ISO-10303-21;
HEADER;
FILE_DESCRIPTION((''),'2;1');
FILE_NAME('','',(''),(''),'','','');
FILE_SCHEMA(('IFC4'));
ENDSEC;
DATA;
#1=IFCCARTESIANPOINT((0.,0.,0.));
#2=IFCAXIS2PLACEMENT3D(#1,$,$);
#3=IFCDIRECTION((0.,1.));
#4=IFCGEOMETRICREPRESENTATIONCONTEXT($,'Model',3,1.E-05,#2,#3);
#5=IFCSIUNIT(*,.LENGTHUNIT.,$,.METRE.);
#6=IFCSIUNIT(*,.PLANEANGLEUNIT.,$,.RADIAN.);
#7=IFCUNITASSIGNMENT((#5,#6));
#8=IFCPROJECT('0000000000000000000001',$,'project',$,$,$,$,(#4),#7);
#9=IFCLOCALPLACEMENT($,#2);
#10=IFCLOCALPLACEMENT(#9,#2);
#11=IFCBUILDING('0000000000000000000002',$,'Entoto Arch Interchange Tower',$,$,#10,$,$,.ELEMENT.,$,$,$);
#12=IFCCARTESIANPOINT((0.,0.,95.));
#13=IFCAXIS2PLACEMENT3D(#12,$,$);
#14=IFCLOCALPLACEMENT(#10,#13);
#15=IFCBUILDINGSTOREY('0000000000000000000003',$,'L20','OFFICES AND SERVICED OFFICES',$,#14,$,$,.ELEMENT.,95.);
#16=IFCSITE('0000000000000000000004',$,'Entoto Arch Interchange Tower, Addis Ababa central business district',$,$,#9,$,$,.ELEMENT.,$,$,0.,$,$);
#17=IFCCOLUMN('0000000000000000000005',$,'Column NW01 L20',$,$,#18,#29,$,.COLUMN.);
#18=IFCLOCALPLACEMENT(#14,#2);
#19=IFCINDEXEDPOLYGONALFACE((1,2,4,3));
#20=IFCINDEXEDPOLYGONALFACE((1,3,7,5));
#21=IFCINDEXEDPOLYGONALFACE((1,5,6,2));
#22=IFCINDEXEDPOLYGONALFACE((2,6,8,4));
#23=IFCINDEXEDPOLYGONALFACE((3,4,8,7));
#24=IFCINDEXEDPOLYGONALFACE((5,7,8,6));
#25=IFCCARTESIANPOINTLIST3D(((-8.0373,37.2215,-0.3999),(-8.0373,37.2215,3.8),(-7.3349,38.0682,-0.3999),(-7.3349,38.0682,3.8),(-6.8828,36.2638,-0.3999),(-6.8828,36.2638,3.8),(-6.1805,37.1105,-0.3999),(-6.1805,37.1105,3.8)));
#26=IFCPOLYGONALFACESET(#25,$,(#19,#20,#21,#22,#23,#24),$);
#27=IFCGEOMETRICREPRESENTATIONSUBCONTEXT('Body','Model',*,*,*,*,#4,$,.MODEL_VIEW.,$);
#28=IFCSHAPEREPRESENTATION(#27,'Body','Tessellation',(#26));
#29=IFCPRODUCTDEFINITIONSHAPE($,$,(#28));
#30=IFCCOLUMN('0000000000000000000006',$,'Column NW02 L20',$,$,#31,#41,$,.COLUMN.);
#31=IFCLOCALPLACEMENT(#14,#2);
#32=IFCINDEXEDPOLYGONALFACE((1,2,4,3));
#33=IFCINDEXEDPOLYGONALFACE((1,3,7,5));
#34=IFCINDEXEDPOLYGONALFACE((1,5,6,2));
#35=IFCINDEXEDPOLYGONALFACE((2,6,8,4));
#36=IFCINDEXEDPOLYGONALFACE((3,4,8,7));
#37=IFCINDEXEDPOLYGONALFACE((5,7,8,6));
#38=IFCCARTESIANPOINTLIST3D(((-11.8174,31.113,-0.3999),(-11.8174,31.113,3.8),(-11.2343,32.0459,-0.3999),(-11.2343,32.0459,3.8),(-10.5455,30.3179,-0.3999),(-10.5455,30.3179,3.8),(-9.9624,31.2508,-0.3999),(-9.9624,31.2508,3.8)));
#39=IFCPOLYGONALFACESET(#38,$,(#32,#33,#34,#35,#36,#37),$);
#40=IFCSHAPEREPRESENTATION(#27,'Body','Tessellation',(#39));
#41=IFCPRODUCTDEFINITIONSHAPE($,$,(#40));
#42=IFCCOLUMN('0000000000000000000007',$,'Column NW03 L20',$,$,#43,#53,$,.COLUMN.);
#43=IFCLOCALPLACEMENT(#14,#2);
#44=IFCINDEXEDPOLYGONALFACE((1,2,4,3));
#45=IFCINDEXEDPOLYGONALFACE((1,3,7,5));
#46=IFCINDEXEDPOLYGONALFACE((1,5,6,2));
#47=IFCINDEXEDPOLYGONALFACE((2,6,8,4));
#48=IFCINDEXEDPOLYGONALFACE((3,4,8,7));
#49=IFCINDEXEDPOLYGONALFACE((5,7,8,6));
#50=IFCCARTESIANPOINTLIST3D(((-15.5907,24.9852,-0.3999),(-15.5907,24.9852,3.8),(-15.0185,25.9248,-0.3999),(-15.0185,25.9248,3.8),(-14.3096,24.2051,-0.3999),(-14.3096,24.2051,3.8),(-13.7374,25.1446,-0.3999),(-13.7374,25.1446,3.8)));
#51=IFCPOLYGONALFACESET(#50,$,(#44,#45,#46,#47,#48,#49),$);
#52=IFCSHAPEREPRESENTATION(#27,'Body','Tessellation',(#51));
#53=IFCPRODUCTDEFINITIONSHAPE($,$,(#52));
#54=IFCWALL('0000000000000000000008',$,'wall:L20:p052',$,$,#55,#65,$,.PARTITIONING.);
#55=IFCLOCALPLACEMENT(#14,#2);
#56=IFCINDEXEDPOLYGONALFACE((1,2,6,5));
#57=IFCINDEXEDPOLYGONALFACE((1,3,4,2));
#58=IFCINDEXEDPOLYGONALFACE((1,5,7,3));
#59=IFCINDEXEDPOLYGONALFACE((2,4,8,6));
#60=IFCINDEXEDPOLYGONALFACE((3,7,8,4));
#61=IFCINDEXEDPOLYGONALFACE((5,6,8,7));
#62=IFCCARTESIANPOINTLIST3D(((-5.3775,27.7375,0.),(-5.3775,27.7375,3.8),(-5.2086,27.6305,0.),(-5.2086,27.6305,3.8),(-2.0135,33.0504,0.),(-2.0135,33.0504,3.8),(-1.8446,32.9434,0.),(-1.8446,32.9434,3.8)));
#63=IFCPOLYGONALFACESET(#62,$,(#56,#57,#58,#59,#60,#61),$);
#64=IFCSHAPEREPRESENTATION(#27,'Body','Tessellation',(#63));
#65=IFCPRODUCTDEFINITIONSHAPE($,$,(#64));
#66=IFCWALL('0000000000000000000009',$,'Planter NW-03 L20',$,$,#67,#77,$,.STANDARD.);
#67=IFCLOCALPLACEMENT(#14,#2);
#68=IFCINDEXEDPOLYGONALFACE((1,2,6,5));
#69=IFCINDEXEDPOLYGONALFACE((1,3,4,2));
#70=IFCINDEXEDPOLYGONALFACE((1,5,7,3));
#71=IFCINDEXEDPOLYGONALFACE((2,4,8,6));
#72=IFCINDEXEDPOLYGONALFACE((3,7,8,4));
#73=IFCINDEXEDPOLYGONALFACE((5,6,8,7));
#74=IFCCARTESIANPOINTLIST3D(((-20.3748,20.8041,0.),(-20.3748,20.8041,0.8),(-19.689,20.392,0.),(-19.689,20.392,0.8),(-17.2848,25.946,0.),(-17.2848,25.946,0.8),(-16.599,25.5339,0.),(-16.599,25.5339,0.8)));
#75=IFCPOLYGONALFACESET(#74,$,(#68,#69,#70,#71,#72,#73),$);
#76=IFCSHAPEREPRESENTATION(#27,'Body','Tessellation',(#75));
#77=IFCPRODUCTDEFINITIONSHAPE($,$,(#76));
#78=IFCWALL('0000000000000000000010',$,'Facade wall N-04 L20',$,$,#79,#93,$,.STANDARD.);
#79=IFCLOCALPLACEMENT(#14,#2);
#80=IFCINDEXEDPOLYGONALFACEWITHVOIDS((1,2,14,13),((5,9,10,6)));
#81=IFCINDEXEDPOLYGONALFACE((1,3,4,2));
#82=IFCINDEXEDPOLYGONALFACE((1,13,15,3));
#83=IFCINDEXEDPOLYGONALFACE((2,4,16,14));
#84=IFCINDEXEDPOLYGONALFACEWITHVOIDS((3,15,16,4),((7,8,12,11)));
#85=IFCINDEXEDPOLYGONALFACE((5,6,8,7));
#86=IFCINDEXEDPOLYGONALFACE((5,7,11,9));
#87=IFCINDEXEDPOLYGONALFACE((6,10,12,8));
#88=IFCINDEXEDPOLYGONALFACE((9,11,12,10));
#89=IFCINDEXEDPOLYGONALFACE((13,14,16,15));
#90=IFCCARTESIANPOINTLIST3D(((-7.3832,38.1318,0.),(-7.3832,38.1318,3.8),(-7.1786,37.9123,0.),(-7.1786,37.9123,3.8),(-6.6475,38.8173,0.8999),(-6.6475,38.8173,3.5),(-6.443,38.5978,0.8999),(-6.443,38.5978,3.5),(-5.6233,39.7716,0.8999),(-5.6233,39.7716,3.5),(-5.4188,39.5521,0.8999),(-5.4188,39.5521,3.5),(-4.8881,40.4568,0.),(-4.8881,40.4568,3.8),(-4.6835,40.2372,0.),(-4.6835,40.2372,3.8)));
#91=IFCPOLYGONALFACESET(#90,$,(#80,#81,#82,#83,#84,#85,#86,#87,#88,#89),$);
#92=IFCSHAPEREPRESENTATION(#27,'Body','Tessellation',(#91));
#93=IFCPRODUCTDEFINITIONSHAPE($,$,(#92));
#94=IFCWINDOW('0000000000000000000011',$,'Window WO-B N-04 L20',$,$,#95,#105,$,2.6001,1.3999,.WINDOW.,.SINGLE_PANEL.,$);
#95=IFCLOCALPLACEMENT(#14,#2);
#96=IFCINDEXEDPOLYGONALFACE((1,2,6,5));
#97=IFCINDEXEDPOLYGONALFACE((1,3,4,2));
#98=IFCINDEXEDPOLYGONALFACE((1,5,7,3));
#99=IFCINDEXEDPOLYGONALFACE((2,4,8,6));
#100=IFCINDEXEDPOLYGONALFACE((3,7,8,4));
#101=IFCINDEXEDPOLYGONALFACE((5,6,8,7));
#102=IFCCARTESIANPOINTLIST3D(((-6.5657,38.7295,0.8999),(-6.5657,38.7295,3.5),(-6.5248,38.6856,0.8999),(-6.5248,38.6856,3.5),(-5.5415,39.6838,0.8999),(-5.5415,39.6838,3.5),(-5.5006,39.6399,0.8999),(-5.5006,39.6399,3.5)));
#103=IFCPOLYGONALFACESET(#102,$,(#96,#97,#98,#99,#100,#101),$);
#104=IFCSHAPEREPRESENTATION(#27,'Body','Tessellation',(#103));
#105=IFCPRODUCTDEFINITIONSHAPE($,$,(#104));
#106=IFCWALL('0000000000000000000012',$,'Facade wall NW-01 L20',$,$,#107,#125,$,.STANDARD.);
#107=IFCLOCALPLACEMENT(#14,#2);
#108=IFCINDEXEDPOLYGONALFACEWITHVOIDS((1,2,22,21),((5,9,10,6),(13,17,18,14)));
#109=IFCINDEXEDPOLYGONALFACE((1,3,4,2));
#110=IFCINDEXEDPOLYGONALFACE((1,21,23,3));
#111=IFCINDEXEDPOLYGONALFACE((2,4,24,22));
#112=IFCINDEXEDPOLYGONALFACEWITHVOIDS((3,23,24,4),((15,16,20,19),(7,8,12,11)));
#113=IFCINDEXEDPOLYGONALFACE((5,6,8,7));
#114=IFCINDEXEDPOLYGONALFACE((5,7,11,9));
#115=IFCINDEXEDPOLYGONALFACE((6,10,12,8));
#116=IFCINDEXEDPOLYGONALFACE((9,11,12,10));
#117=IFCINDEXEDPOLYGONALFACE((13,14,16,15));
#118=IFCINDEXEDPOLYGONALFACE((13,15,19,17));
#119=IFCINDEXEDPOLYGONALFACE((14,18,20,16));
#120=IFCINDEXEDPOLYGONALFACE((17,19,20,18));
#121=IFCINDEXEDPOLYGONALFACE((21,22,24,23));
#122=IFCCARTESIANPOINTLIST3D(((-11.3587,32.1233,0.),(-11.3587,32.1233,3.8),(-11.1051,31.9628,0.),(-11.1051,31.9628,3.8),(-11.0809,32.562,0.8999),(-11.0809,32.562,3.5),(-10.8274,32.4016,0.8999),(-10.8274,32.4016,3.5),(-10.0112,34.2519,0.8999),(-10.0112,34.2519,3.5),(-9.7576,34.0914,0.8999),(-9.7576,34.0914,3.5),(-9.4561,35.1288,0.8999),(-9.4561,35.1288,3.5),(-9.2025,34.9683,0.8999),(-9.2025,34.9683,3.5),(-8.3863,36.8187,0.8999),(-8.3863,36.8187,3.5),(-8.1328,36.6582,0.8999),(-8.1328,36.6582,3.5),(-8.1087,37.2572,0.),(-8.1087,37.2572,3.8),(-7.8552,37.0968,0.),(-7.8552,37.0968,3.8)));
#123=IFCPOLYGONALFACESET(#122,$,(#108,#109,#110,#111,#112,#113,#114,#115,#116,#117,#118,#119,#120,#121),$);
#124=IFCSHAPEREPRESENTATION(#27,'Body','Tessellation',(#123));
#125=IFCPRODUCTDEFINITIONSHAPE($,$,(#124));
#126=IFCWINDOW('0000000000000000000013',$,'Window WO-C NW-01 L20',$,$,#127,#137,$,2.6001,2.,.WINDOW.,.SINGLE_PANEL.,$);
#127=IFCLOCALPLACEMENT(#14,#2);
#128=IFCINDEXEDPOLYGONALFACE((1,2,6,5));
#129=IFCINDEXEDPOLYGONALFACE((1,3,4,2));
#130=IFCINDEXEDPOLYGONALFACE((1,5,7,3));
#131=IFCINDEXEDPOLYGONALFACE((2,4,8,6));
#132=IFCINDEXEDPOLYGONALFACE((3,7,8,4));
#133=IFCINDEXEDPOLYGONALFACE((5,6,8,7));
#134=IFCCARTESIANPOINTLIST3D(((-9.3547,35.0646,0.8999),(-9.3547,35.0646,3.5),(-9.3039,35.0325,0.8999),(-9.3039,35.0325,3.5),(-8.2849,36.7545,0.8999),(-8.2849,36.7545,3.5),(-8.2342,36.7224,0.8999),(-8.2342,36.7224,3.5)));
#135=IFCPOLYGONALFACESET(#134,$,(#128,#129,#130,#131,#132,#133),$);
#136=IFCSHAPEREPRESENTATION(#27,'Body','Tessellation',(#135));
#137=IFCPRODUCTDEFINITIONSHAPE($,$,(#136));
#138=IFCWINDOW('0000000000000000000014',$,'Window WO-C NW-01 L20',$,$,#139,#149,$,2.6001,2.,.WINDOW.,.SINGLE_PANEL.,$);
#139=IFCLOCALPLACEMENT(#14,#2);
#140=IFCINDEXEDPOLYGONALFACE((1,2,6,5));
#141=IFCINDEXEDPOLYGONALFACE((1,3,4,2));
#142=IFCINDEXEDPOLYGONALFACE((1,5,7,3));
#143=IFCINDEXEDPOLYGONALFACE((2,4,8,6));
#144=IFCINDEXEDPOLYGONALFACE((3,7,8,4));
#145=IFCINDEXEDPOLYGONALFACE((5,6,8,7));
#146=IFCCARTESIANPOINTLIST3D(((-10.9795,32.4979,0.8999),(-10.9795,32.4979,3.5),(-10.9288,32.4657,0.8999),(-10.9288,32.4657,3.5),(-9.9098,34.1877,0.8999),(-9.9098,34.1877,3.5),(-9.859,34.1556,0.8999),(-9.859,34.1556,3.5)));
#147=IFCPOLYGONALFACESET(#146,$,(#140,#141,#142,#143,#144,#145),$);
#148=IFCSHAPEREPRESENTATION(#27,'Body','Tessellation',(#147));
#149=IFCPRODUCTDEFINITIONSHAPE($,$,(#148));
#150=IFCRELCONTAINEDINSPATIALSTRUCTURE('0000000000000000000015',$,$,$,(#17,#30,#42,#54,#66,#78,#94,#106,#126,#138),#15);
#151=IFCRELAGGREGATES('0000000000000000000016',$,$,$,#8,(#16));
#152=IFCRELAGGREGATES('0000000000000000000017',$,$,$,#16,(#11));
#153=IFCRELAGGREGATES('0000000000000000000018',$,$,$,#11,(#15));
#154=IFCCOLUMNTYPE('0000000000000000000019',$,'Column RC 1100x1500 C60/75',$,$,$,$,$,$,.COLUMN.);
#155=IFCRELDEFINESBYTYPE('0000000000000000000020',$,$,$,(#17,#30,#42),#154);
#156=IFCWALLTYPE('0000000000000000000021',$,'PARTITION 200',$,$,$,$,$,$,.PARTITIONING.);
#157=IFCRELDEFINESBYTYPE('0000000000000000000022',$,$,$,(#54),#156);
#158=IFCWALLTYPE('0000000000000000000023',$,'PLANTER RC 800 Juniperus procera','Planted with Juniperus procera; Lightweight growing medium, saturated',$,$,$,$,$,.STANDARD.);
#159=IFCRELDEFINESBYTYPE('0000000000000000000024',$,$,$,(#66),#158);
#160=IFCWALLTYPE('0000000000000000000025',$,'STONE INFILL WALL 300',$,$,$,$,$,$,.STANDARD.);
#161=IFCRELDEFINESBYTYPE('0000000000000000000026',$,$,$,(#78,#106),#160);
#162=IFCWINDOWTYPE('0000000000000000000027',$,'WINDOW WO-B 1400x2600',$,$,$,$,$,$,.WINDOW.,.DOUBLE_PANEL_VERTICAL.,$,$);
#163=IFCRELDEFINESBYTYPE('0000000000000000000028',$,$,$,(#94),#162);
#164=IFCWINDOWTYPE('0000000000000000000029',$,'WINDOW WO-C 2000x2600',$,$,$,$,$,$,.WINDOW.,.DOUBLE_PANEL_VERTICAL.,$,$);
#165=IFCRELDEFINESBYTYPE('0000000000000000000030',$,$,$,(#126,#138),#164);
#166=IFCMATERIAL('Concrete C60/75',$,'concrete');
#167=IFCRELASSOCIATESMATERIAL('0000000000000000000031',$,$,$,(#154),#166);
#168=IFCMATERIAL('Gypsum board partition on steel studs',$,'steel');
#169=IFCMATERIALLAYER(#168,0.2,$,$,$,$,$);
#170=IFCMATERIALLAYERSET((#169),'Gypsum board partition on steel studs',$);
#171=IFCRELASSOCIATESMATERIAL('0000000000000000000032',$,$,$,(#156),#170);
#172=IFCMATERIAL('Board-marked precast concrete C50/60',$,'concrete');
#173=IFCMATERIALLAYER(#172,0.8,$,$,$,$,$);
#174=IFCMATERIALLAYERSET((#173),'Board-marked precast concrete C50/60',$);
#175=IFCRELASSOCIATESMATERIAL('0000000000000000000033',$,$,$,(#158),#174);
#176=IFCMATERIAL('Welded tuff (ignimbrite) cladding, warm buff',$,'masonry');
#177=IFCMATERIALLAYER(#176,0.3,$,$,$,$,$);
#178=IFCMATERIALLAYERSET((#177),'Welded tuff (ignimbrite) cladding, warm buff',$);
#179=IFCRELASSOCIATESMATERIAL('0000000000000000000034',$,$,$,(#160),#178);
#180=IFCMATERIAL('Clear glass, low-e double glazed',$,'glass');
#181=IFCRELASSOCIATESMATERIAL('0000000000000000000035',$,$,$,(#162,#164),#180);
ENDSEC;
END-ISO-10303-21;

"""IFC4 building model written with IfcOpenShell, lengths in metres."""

from ifc_helpers import new_model, si_unit, direction, frame, frame_2d, origin, origin_2d, place, context, subcontext, project, spatial, rectangle, extrude, material, layer, layer_set, material_profile, profile_set, type_object, element, fill, save


model = new_model("IFC4")

# Units and contexts
model_context = context("Model", 3, precision=1e-05, world=origin(), true_north=direction((0.0, 1.0)))
body_context = subcontext(model_context, "Body", "Model", "MODEL_VIEW")
ifc_project = project(units=[si_unit("LENGTHUNIT", "METRE"), si_unit("PLANEANGLEUNIT", "RADIAN")], contexts=[model_context])

# Site, building, storey
site_placement = place(None, origin())
site = spatial("IfcSite", under=ifc_project, at=site_placement, Name="Entoto Arch Interchange Tower, Addis Ababa central business district", CompositionType="ELEMENT", RefElevation=0.0)
building_placement = place(site_placement, origin())
building = spatial("IfcBuilding", under=site, at=building_placement, Name="Entoto Arch Interchange Tower", CompositionType="ELEMENT")
storey_placement = place(building_placement, frame((0.0, 0.0, 95.0)))
storey = spatial("IfcBuildingStorey", under=building, at=storey_placement, Name="L20", Description="OFFICES AND SERVICED OFFICES", CompositionType="ELEMENT", Elevation=95.0)

# Columns
ifc_material_1 = material(Name="Concrete C60/75", Category="concrete")
ifc_material_profile = material_profile(ifc_material_1, rectangle(XDim=1.1001, YDim=1.5, at=origin_2d()))
ifc_profile_set = profile_set([ifc_material_profile], Name="Concrete C60/75")
column_type = type_object("IfcColumnType", Name="Column RC 1100x1500 C60/75", PredefinedType="COLUMN", material=ifc_profile_set)
for number, where, z_axis, x_axis, name in (
    (1, (-7.1089, 37.166, -0.3999), (0.0, 0.0, 1.0), (0.638459, 0.769656, 0.0), "Column NW01 L20"),
    (2, (-10.8899, 31.1819, -0.3999), (0.0, 0.0, 1.0), (0.530067, 0.847956, 0.0), "Column NW02 L20"),
    (3, (-14.6641, 25.0649, -0.3999), (0.0, 0.0, 1.0), (0.520116, 0.854096, 0.0), "Column NW03 L20"),
):
    element("IfcColumn", number, at=place(storey_placement, frame(where, z_axis=z_axis, x_axis=x_axis)), inside=storey, type_object=column_type, Name=name, PredefinedType="COLUMN", context=body_context, shape_type="SweptSolid", body=[
        extrude(rectangle(XDim=1.1001, YDim=1.5, at=origin_2d()), origin(), (0.0, 0.0, 1.0), 4.2),
    ])

# Walls
ifc_material_2 = material(Name="Gypsum board partition on steel studs", Category="steel")
ifc_layer_1 = layer(ifc_material_2, 0.2)
ifc_layer_set_1 = layer_set([ifc_layer_1], Name="Gypsum board partition on steel studs")
wall_type_1 = type_object("IfcWallType", Name="PARTITION 200", PredefinedType="PARTITIONING", material=ifc_layer_set_1)
wall_1_placement = place(storey_placement, frame((-5.293, 27.6841, 0.0), z_axis=(0.0, 0.0, 1.0), x_axis=(0.534952, 0.844882, 0.0)))
element("IfcWall", 4, at=wall_1_placement, inside=storey, type_object=wall_type_1, Name="wall:L20:p052", PredefinedType="PARTITIONING", context=body_context, shape_type="SweptSolid", body=[
    extrude(rectangle(XDim=6.2883, YDim=0.2, at=frame_2d((3.144, 0.0))), origin(), (0.0, 0.0, 1.0), 3.8),
])
ifc_material_3 = material(Name="Board-marked precast concrete C50/60", Category="concrete")
ifc_layer_2 = layer(ifc_material_3, 0.8)
ifc_layer_set_2 = layer_set([ifc_layer_2], Name="Board-marked precast concrete C50/60")
wall_type_2 = type_object("IfcWallType", Name="PLANTER RC 800 Juniperus procera", Description="Planted with Juniperus procera; Lightweight growing medium, saturated", PredefinedType="STANDARD", material=ifc_layer_set_2)
wall_2_placement = place(storey_placement, frame((-16.9419, 25.74, 0.0), z_axis=(0.0, 0.0, 1.0), x_axis=(-0.515088, -0.857137, 0.0)))
element("IfcWall", 5, at=wall_2_placement, inside=storey, type_object=wall_type_2, Name="Planter NW-03 L20", PredefinedType="STANDARD", context=body_context, shape_type="SweptSolid", body=[
    extrude(rectangle(XDim=5.999, YDim=0.8, at=frame_2d((2.9995, 0.0))), origin(), (0.0, 0.0, 1.0), 0.8),
])

# Wall, opening, window
ifc_material_4 = material(Name="Welded tuff (ignimbrite) cladding, warm buff", Category="masonry")
ifc_layer_3 = layer(ifc_material_4, 0.3)
ifc_layer_set_3 = layer_set([ifc_layer_3], Name="Welded tuff (ignimbrite) cladding, warm buff")
wall_type_3 = type_object("IfcWallType", Name="STONE INFILL WALL 300", PredefinedType="STANDARD", material=ifc_layer_set_3)
wall_3_placement = place(storey_placement, frame((-4.7859, 40.3469, 0.0), z_axis=(0.0, 0.0, 1.0), x_axis=(-0.731614, -0.681719, 0.0)))
wall_3 = element("IfcWall", 6, at=wall_3_placement, inside=storey, type_object=wall_type_3, Name="Facade wall N-04 L20", PredefinedType="STANDARD", context=body_context, shape_type="SweptSolid", body=[
    extrude(rectangle(XDim=3.4104, YDim=0.3, at=frame_2d((1.7051, 0.0))), origin(), (0.0, 0.0, 1.0), 3.8),
])
opening_1_placement = place(wall_3_placement, frame((1.0049, 0.0, 0.8999)))
opening_1 = element("IfcOpeningElement", 7, at=opening_1_placement, cuts=wall_3, PredefinedType="OPENING", context=body_context, shape_type="SweptSolid", body=[
    extrude(rectangle(XDim=1.3999, YDim=2.6001, at=frame_2d((0.7, 1.3))), frame((0.0, 0.1602, 0.0), z_axis=(0.0, -1.0, 0.0), x_axis=(1.0, 0.0, 0.0)), (0.0, 0.0, 1.0), 0.3201),
])
ifc_material_5 = material(Name="Clear glass, low-e double glazed", Category="glass")
window_type_1 = type_object("IfcWindowType", Name="WINDOW WO-B 1400x2600", PartitioningType="DOUBLE_PANEL_VERTICAL", PredefinedType="WINDOW", material=ifc_material_5)
window_1_placement = place(opening_1_placement, origin())
window_1 = element("IfcWindow", 8, at=window_1_placement, inside=storey, type_object=window_type_1, Name="Window WO-B N-04 L20", OverallHeight=2.6001, OverallWidth=1.3999, PartitioningType="SINGLE_PANEL", PredefinedType="WINDOW", context=body_context, shape_type="SweptSolid", body=[
    extrude(rectangle(XDim=1.3999, YDim=2.6001, at=frame_2d((0.7, 1.3))), frame((0.0, 0.03, 0.0), z_axis=(0.0, -1.0, 0.0), x_axis=(1.0, 0.0, 0.0)), (0.0, 0.0, 1.0), 0.0601),
])
fill(opening_1, window_1)

# Wall, openings, windows
wall_4_placement = place(storey_placement, frame((-7.9819, 37.177, 0.0), z_axis=(0.0, 0.0, 1.0), x_axis=(-0.534869, -0.844935, 0.0)))
wall_4 = element("IfcWall", 9, at=wall_4_placement, inside=storey, type_object=wall_type_3, Name="Facade wall NW-01 L20", PredefinedType="STANDARD", context=body_context, shape_type="SweptSolid", body=[
    extrude(rectangle(XDim=6.0762, YDim=0.3, at=frame_2d((3.0381, 0.0))), origin(), (0.0, 0.0, 1.0), 3.8),
])
opening_2_placement = place(wall_4_placement, frame((0.519, 0.0, 0.8999)))
opening_2 = element("IfcOpeningElement", 10, at=opening_2_placement, cuts=wall_4, PredefinedType="OPENING", context=body_context, shape_type="SweptSolid", body=[
    extrude(rectangle(XDim=2.0, YDim=2.6001, at=frame_2d((1.0, 1.3))), frame((0.0, 0.1602, 0.0), z_axis=(0.0, -1.0, 0.0), x_axis=(1.0, 0.0, 0.0)), (0.0, 0.0, 1.0), 0.3201),
])
opening_3_placement = place(wall_4_placement, frame((3.5569, 0.0, 0.8999)))
opening_3 = element("IfcOpeningElement", 11, at=opening_3_placement, cuts=wall_4, PredefinedType="OPENING", context=body_context, shape_type="SweptSolid", body=[
    extrude(rectangle(XDim=2.0, YDim=2.6001, at=frame_2d((1.0, 1.3))), frame((0.0, 0.1602, 0.0), z_axis=(0.0, -1.0, 0.0), x_axis=(1.0, 0.0, 0.0)), (0.0, 0.0, 1.0), 0.3201),
])
window_type_2 = type_object("IfcWindowType", Name="WINDOW WO-C 2000x2600", PartitioningType="DOUBLE_PANEL_VERTICAL", PredefinedType="WINDOW", material=ifc_material_5)
window_2_placement = place(opening_2_placement, origin())
window_2 = element("IfcWindow", 12, at=window_2_placement, inside=storey, type_object=window_type_2, Name="Window WO-C NW-01 L20", OverallHeight=2.6001, OverallWidth=2.0, PartitioningType="SINGLE_PANEL", PredefinedType="WINDOW", context=body_context, shape_type="SweptSolid", body=[
    extrude(rectangle(XDim=2.0, YDim=2.6001, at=frame_2d((1.0, 1.3))), frame((0.0, 0.03, 0.0), z_axis=(0.0, -1.0, 0.0), x_axis=(1.0, 0.0, 0.0)), (0.0, 0.0, 1.0), 0.0601),
])
fill(opening_2, window_2)
window_3_placement = place(opening_3_placement, origin())
window_3 = element("IfcWindow", 13, at=window_3_placement, inside=storey, type_object=window_type_2, Name="Window WO-C NW-01 L20", OverallHeight=2.6001, OverallWidth=2.0, PartitioningType="SINGLE_PANEL", PredefinedType="WINDOW", context=body_context, shape_type="SweptSolid", body=[
    extrude(rectangle(XDim=2.0, YDim=2.6001, at=frame_2d((1.0, 1.3))), frame((0.0, 0.03, 0.0), z_axis=(0.0, -1.0, 0.0), x_axis=(1.0, 0.0, 0.0)), (0.0, 0.0, 1.0), 0.0601),
])
fill(opening_3, window_3)

save(model, "model.ifc")
